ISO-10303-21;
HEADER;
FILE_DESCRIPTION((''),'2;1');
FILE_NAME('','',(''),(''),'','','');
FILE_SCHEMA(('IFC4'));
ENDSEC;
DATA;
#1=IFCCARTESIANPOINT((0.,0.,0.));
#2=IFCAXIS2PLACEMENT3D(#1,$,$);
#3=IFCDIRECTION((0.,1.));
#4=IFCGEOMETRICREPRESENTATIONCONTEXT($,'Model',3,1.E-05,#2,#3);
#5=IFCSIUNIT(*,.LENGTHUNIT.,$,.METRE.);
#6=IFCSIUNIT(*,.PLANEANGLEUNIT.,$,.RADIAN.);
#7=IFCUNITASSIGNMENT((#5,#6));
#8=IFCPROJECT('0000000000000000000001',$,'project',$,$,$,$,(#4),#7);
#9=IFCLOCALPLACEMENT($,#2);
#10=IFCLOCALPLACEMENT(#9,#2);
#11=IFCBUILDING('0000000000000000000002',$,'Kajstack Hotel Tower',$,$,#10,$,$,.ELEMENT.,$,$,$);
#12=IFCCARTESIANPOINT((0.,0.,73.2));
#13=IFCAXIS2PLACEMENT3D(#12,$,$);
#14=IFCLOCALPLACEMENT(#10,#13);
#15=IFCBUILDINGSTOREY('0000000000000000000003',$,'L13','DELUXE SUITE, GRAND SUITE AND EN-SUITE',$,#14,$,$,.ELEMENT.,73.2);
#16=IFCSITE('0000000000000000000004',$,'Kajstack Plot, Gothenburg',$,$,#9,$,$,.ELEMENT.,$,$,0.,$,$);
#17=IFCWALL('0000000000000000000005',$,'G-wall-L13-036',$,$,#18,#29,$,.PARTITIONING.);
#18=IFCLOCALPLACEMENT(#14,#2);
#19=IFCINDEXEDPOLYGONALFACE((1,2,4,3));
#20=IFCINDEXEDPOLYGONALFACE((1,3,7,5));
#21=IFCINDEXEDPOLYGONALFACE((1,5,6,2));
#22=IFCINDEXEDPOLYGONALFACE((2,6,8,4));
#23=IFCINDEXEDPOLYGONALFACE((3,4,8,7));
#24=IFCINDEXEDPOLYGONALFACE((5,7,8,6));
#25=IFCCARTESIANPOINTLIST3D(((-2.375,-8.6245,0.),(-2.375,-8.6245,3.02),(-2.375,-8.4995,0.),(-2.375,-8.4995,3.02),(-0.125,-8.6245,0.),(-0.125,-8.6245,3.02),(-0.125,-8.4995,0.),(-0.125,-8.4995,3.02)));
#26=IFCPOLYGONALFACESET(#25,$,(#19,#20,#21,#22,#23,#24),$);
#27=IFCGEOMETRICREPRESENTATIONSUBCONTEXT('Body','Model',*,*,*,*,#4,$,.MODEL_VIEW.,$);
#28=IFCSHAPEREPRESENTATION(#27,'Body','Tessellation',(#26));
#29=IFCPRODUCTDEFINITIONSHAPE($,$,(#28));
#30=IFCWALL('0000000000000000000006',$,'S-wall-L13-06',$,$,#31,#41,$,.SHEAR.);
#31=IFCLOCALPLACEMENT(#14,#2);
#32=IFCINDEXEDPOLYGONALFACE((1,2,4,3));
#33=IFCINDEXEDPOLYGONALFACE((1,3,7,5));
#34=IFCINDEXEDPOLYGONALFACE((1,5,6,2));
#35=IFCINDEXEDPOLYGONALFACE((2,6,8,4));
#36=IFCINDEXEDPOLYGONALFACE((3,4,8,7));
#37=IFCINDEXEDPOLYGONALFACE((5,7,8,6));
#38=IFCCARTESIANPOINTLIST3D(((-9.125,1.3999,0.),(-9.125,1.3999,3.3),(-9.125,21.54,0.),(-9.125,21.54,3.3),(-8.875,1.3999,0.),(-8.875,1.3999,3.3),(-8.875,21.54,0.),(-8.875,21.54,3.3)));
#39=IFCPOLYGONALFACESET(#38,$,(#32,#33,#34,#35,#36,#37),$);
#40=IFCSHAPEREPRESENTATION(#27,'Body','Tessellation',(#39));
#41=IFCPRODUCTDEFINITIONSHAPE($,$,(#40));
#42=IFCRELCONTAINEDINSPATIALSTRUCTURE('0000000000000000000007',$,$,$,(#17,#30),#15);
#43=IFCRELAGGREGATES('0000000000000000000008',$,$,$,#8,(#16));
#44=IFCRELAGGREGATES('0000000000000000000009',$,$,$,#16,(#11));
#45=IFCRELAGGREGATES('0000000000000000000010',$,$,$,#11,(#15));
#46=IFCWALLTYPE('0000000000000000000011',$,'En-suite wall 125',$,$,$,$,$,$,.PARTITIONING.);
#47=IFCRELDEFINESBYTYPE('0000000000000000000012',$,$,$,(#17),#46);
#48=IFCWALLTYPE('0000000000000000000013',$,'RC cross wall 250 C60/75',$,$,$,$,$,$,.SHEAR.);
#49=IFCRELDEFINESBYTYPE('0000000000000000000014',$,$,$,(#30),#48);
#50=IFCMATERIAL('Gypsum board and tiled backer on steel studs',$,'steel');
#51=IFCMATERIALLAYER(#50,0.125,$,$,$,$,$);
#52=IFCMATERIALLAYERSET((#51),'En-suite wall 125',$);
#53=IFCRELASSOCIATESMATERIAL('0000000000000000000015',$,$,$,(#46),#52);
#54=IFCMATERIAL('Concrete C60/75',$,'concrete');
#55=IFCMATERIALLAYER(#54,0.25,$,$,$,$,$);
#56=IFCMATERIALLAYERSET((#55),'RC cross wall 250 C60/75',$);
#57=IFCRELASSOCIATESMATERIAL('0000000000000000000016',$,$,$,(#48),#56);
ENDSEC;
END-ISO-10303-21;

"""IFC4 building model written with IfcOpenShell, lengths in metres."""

from ifc_helpers import new_model, si_unit, direction, frame, frame_2d, origin, place, context, subcontext, project, spatial, rectangle, extrude, material, layer, layer_set, type_object, element, save


model = new_model("IFC4")

# Units and contexts
model_context = context("Model", 3, precision=1e-05, world=origin(), true_north=direction((0.0, 1.0)))
body_context = subcontext(model_context, "Body", "Model", "MODEL_VIEW")
ifc_project = project(units=[si_unit("LENGTHUNIT", "METRE"), si_unit("PLANEANGLEUNIT", "RADIAN")], contexts=[model_context])

# Site, building, storey
site_placement = place(None, origin())
site = spatial("IfcSite", under=ifc_project, at=site_placement, Name="Kajstack Plot, Gothenburg", CompositionType="ELEMENT", RefElevation=0.0)
building_placement = place(site_placement, origin())
building = spatial("IfcBuilding", under=site, at=building_placement, Name="Kajstack Hotel Tower", CompositionType="ELEMENT")
storey_placement = place(building_placement, frame((0.0, 0.0, 73.2)))
storey = spatial("IfcBuildingStorey", under=building, at=storey_placement, Name="L13", Description="DELUXE SUITE, GRAND SUITE AND EN-SUITE", CompositionType="ELEMENT", Elevation=73.2)

# Shared definitions
ifc_material_1 = material(Name="Gypsum board and tiled backer on steel studs", Category="steel")
ifc_layer_1 = layer(ifc_material_1, 0.125)
ifc_layer_set_1 = layer_set([ifc_layer_1], Name="En-suite wall 125")
wall_type_1 = type_object("IfcWallType", Name="En-suite wall 125", PredefinedType="PARTITIONING", material=ifc_layer_set_1)

# Walls
wall_1_placement = place(storey_placement, frame((-2.375, -8.562, 0.0), z_axis=(0.0, 0.0, 1.0), x_axis=(1.0, 0.0, 0.0)))
element("IfcWall", 1, at=wall_1_placement, inside=storey, type_object=wall_type_1, Name="G-wall-L13-036", PredefinedType="PARTITIONING", context=body_context, shape_type="SweptSolid", body=[
    extrude(rectangle(XDim=2.25, YDim=0.125, at=frame_2d((1.125, 0.0))), origin(), (0.0, 0.0, 1.0), 3.02),
])
ifc_material_2 = material(Name="Concrete C60/75", Category="concrete")
ifc_layer_2 = layer(ifc_material_2, 0.25)
ifc_layer_set_2 = layer_set([ifc_layer_2], Name="RC cross wall 250 C60/75")
wall_type_2 = type_object("IfcWallType", Name="RC cross wall 250 C60/75", PredefinedType="SHEAR", material=ifc_layer_set_2)
wall_2_placement = place(storey_placement, frame((-9.0, 1.3999, 0.0), z_axis=(0.0, 0.0, 1.0), x_axis=(0.0, 1.0, 0.0)))
element("IfcWall", 2, at=wall_2_placement, inside=storey, type_object=wall_type_2, Name="S-wall-L13-06", PredefinedType="SHEAR", context=body_context, shape_type="SweptSolid", body=[
    extrude(rectangle(XDim=20.1401, YDim=0.25, at=frame_2d((10.0701, 0.0))), origin(), (0.0, 0.0, 1.0), 3.3),
])

save(model, "model.ifc")
